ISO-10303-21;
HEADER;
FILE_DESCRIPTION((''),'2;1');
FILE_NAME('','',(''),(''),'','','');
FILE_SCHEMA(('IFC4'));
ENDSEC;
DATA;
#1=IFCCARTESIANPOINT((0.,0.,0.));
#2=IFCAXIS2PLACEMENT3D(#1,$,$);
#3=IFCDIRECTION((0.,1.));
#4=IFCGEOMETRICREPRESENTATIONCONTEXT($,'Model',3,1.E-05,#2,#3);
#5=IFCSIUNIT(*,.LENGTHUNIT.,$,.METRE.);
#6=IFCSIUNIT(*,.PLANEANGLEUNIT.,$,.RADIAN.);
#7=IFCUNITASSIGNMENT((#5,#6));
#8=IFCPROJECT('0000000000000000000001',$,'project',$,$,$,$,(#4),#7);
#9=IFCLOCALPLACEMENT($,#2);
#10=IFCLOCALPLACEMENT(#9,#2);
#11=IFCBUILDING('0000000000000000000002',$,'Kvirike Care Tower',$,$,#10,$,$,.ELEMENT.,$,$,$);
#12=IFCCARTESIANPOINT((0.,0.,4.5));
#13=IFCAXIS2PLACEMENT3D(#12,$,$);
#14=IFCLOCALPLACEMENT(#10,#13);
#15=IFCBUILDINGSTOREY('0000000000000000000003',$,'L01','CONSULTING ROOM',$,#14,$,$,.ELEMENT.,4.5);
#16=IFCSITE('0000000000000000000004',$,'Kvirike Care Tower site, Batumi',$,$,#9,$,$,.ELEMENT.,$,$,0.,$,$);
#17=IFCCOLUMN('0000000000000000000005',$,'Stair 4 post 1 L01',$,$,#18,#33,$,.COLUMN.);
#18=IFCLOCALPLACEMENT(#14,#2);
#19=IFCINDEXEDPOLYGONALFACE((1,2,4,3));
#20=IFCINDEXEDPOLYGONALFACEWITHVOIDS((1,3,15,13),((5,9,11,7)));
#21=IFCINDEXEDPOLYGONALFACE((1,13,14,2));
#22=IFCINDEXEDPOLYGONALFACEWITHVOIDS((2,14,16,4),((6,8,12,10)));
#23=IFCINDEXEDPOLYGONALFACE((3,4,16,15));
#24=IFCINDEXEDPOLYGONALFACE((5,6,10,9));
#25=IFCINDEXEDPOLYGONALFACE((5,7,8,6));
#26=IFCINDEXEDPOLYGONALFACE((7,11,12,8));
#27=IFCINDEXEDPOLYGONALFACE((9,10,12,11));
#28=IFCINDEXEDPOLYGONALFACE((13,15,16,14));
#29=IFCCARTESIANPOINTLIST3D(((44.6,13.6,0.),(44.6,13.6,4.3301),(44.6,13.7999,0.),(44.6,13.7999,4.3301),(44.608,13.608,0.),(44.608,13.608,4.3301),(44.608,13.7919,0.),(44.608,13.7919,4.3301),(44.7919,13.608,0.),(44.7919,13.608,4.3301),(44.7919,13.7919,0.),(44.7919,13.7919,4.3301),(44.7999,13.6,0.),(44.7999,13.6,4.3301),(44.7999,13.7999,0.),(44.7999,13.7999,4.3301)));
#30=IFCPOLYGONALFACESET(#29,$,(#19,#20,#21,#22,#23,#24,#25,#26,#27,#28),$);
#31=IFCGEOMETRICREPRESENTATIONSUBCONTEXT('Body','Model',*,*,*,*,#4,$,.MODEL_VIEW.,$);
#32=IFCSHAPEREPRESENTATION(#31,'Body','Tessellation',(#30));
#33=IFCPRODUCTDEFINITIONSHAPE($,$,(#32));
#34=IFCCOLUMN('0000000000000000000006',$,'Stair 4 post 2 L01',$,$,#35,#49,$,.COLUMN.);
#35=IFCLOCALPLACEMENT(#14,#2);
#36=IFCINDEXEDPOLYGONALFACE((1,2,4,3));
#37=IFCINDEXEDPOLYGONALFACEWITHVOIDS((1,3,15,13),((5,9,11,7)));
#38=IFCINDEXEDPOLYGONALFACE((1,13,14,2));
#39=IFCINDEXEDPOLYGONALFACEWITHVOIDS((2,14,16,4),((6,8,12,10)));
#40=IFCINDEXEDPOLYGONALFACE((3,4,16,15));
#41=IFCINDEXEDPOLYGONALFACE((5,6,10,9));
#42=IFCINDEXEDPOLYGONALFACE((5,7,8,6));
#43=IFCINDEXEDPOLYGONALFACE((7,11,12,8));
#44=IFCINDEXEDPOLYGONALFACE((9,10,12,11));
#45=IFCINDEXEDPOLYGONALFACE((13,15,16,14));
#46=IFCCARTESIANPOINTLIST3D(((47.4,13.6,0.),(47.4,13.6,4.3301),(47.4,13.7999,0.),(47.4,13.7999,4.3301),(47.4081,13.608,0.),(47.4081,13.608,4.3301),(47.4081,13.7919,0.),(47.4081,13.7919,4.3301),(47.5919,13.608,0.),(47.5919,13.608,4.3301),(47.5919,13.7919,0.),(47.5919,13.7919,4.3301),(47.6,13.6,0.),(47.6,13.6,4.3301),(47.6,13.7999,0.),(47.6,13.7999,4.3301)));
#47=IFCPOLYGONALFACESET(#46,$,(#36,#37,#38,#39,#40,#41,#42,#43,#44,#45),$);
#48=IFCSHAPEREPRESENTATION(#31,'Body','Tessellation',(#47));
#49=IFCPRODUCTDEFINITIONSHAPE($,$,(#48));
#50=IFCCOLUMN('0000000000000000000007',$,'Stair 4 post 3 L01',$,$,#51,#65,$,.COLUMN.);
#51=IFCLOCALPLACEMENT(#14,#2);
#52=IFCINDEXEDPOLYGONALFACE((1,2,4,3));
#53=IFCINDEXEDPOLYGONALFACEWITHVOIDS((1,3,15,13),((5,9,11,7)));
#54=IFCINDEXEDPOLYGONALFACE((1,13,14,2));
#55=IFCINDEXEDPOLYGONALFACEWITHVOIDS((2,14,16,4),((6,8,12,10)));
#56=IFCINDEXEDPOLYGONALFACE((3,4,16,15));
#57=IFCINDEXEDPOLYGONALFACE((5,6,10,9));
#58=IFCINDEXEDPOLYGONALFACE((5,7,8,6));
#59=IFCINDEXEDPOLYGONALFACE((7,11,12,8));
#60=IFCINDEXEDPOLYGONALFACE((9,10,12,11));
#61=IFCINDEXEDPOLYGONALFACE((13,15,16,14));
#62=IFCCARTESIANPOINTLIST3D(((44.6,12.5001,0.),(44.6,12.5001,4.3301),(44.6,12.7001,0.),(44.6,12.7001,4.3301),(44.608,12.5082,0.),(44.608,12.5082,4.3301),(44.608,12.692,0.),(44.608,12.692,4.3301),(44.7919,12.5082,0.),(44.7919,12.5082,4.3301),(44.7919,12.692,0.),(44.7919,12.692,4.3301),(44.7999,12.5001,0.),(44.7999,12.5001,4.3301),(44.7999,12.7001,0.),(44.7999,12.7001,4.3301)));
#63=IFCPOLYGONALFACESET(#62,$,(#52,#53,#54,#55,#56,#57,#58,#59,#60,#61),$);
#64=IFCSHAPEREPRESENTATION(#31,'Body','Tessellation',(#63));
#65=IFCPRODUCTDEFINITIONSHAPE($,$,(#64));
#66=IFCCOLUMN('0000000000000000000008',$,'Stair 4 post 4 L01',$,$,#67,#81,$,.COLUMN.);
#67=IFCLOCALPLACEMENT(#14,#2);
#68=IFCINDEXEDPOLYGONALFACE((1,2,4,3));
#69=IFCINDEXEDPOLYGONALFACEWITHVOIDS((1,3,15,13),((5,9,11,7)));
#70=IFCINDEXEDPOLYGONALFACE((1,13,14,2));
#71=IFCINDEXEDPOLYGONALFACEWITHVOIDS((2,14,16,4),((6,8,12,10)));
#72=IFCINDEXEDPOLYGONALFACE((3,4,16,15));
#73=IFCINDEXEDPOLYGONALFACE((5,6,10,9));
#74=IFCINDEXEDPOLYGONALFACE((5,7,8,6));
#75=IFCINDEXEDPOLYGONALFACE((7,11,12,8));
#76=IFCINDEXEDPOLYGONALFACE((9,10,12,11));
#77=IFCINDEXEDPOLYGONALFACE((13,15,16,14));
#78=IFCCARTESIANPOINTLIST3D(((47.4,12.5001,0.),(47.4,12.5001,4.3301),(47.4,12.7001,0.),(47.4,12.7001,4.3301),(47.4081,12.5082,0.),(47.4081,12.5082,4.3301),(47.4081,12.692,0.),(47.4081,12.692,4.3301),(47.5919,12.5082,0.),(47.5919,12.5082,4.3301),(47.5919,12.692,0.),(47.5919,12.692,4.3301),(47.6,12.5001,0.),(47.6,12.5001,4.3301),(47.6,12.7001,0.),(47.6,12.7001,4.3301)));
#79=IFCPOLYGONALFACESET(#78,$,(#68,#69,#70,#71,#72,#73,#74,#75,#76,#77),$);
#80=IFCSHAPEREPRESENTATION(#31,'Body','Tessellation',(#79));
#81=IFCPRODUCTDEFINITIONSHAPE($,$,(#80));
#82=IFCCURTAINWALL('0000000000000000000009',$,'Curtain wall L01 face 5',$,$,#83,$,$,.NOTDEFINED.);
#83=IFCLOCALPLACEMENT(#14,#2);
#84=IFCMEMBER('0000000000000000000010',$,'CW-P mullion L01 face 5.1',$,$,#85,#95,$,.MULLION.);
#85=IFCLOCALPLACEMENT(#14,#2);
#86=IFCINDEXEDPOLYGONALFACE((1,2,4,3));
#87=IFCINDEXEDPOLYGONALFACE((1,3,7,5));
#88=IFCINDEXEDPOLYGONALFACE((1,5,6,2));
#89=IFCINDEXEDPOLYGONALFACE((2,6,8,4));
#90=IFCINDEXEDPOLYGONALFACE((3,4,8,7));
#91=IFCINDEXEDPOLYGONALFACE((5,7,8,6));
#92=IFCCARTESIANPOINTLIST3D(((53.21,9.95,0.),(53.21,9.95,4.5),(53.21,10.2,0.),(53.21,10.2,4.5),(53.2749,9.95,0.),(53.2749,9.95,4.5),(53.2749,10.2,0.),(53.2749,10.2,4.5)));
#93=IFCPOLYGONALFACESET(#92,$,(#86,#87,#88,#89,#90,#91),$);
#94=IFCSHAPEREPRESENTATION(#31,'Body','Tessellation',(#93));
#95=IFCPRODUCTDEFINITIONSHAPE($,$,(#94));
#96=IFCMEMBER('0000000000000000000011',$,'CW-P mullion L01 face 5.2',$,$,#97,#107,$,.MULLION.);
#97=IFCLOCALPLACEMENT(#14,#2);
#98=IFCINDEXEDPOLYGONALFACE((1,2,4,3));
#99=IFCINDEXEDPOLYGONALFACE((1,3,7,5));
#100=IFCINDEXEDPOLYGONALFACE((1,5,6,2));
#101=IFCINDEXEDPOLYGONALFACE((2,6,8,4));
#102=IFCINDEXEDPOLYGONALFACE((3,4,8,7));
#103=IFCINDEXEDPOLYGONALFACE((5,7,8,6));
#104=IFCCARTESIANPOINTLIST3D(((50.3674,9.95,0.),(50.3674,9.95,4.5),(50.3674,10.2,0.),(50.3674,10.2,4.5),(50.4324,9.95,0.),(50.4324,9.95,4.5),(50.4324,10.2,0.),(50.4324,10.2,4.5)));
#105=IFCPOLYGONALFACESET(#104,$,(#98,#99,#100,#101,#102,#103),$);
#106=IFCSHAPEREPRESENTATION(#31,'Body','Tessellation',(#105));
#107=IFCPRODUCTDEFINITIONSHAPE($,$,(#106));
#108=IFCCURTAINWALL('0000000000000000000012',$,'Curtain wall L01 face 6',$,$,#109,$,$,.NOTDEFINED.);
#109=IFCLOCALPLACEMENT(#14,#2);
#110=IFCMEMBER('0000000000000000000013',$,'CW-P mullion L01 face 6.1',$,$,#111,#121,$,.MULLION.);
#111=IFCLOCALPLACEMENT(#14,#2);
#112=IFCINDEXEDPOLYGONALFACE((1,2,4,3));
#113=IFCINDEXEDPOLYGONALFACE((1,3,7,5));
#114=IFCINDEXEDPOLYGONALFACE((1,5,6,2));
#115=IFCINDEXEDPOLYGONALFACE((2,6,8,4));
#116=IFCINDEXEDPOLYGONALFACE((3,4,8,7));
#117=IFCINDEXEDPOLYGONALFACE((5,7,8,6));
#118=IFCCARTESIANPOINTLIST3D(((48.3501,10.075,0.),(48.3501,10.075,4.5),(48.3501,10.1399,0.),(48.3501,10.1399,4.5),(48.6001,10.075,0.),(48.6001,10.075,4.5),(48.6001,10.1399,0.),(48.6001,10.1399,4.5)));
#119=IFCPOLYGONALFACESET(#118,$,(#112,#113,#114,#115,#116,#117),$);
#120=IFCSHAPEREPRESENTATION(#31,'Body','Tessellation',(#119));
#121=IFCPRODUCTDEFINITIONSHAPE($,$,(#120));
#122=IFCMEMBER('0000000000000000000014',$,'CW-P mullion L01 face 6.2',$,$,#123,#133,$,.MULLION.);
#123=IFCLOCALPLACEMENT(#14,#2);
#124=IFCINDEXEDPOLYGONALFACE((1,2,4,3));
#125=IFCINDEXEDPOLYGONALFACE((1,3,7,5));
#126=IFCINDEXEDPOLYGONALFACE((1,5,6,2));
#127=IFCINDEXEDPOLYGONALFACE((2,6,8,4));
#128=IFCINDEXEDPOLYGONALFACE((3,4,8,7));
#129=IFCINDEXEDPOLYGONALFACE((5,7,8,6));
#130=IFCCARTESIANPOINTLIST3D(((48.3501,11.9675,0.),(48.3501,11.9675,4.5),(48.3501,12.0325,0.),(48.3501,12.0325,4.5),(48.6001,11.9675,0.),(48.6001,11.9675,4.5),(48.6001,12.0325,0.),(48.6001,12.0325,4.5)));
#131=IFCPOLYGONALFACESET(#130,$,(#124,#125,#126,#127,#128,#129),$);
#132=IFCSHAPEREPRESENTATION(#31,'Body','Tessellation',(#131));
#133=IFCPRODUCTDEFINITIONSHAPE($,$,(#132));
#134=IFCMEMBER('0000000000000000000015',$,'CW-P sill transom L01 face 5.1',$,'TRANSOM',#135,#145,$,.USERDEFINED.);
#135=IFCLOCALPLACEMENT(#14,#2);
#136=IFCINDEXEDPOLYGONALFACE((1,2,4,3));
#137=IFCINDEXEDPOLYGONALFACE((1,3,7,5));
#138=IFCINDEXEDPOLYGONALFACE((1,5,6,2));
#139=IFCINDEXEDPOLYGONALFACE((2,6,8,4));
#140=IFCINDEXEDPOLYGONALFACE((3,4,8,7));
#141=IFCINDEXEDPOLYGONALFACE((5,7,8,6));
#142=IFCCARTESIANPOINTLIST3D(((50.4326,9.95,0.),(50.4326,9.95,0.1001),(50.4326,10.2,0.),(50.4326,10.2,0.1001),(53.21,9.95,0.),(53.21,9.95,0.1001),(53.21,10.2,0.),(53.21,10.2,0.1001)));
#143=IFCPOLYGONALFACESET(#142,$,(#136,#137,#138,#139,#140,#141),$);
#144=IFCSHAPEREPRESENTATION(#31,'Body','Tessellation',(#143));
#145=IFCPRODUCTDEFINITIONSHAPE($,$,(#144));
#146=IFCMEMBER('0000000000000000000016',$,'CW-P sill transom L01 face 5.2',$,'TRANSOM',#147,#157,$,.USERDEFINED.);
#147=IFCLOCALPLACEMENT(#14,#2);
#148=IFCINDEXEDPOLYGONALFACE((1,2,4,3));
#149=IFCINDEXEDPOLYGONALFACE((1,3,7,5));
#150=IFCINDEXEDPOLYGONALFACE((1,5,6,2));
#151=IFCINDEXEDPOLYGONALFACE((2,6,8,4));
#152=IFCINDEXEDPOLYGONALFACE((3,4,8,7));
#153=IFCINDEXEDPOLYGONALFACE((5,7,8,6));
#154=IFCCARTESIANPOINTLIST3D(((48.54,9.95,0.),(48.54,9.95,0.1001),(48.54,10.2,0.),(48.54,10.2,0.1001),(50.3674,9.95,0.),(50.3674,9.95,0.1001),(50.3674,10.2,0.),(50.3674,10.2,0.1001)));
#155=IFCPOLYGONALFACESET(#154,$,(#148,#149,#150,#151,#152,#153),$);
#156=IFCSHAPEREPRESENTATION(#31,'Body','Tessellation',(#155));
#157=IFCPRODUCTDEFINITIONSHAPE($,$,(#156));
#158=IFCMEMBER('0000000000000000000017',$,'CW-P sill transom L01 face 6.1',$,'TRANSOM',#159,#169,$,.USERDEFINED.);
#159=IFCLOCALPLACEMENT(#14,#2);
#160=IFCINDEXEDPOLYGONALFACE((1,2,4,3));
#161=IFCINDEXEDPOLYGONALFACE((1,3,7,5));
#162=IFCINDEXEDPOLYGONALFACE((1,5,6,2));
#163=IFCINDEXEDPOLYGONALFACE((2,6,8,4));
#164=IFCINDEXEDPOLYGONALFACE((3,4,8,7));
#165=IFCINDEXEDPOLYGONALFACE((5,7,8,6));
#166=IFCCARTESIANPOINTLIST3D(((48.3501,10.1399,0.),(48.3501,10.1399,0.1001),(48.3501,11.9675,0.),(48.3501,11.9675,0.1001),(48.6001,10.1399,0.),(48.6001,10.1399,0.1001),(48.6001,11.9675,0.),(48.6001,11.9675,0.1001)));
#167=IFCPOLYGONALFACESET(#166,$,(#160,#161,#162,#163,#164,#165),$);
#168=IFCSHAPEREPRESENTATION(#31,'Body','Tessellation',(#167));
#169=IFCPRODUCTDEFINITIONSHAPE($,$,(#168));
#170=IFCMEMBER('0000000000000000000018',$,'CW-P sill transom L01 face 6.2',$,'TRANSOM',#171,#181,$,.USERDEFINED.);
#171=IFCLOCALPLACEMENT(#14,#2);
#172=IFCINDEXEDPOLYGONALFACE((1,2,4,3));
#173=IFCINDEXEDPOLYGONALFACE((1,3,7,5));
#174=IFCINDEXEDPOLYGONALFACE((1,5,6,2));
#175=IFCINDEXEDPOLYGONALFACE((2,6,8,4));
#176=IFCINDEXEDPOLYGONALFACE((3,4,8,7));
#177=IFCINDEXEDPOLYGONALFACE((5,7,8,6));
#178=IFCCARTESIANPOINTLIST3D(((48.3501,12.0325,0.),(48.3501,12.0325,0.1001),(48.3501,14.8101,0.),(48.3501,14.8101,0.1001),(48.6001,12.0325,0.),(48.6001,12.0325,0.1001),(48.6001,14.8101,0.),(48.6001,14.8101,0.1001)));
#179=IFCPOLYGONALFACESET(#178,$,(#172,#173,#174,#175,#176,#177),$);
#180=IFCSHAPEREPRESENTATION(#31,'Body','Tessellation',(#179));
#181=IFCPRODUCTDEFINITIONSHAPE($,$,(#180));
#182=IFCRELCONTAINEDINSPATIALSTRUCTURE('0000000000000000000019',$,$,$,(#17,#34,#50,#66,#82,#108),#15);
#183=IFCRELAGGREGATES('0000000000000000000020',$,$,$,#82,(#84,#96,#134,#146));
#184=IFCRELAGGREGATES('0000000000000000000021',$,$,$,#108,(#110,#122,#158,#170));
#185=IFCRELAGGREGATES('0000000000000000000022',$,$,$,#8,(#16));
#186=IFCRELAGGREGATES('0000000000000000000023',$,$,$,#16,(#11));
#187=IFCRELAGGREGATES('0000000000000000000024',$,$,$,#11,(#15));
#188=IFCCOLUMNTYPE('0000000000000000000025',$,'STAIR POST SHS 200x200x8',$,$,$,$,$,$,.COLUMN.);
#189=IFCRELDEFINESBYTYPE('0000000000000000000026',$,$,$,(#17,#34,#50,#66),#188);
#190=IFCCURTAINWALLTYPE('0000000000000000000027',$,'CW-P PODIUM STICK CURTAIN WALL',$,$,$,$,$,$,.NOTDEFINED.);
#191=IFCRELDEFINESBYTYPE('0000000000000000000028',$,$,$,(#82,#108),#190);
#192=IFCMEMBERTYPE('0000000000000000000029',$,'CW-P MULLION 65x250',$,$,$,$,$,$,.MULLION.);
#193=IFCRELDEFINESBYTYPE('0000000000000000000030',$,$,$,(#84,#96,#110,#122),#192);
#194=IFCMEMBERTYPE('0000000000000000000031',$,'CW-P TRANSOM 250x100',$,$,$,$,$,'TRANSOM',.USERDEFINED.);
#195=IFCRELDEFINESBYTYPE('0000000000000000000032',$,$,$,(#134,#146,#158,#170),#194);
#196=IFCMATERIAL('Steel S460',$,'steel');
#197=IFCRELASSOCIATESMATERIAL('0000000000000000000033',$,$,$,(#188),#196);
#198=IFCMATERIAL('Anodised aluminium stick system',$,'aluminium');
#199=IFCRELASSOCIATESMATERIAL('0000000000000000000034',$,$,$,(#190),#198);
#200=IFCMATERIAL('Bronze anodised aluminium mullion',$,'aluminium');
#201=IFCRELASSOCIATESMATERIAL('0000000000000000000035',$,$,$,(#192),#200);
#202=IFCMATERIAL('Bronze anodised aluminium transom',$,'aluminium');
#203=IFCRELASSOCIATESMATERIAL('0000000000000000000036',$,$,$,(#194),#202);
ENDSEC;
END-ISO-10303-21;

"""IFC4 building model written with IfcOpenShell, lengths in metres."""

from ifc_helpers import new_model, si_unit, direction, frame, origin, origin_2d, place, context, subcontext, project, spatial, rectangle, hollow_rectangle, extrude, material, material_profile, profile_set, type_object, element, aggregate, save


model = new_model("IFC4")

# Units and contexts
model_context = context("Model", 3, precision=1e-05, world=origin(), true_north=direction((0.0, 1.0)))
body_context = subcontext(model_context, "Body", "Model", "MODEL_VIEW")
ifc_project = project(units=[si_unit("LENGTHUNIT", "METRE"), si_unit("PLANEANGLEUNIT", "RADIAN")], contexts=[model_context])

# Site, building, storey
site_placement = place(None, origin())
site = spatial("IfcSite", under=ifc_project, at=site_placement, Name="Kvirike Care Tower site, Batumi", CompositionType="ELEMENT", RefElevation=0.0)
building_placement = place(site_placement, origin())
building = spatial("IfcBuilding", under=site, at=building_placement, Name="Kvirike Care Tower", CompositionType="ELEMENT")
storey_placement = place(building_placement, frame((0.0, 0.0, 4.5)))
storey = spatial("IfcBuildingStorey", under=building, at=storey_placement, Name="L01", Description="CONSULTING ROOM", CompositionType="ELEMENT", Elevation=4.5)

# Columns
ifc_material_1 = material(Name="Steel S460", Category="steel")
ifc_material_profile_1 = material_profile(ifc_material_1, hollow_rectangle(XDim=0.2, YDim=0.2, WallThickness=0.0081, at=origin_2d()), Name="SHS 200x200x8")
ifc_profile_set_1 = profile_set([ifc_material_profile_1], Name="Steel S460")
column_type = type_object("IfcColumnType", Name="STAIR POST SHS 200x200x8", PredefinedType="COLUMN", material=ifc_profile_set_1)
for number, where, z_axis, x_axis, name in (
    (1, (44.7, 13.7, 0.0), (0.0, 0.0, 1.0), (1.0, 0.0, 0.0), "Stair 4 post 1 L01"),
    (2, (47.5, 13.7, 0.0), (0.0, 0.0, 1.0), (1.0, 0.0, 0.0), "Stair 4 post 2 L01"),
    (3, (44.7, 12.6001, 0.0), (0.0, 0.0, 1.0), (1.0, 0.0, 0.0), "Stair 4 post 3 L01"),
    (4, (47.5, 12.6001, 0.0), (0.0, 0.0, 1.0), (1.0, 0.0, 0.0), "Stair 4 post 4 L01"),
):
    element("IfcColumn", number, at=place(storey_placement, frame(where, z_axis=z_axis, x_axis=x_axis)), inside=storey, type_object=column_type, Name=name, PredefinedType="COLUMN", context=body_context, shape_type="SweptSolid", body=[
        extrude(hollow_rectangle(XDim=0.2, YDim=0.2, WallThickness=0.0081, at=origin_2d()), origin(), (0.0, 0.0, 1.0), 4.3301),
    ])

# Curtain walls, members
ifc_material_2 = material(Name="Anodised aluminium stick system", Category="aluminium")
curtain_wall_type = type_object("IfcCurtainWallType", Name="CW-P PODIUM STICK CURTAIN WALL", PredefinedType="NOTDEFINED", material=ifc_material_2)
curtain_wall_1_placement = place(storey_placement, origin())
curtain_wall_1 = element("IfcCurtainWall", 5, at=curtain_wall_1_placement, inside=storey, type_object=curtain_wall_type, Name="Curtain wall L01 face 5", PredefinedType="NOTDEFINED")
ifc_material_3 = material(Name="Bronze anodised aluminium mullion", Category="aluminium")
ifc_material_profile_2 = material_profile(ifc_material_3, rectangle(XDim=0.0649, YDim=0.25, at=origin_2d()), Name="CW-P MULLION 65x250")
ifc_profile_set_2 = profile_set([ifc_material_profile_2], Name="Bronze anodised aluminium mullion")
member_type_1 = type_object("IfcMemberType", Name="CW-P MULLION 65x250", PredefinedType="MULLION", material=ifc_profile_set_2)
member_1_placement = place(storey_placement, frame((53.2424, 10.075, 0.0), z_axis=(0.0, 0.0, 1.0), x_axis=(-1.0, 0.0, 0.0)))
member_1 = element("IfcMember", 6, at=member_1_placement, type_object=member_type_1, Name="CW-P mullion L01 face 5.1", PredefinedType="MULLION", context=body_context, shape_type="SweptSolid", body=[
    extrude(rectangle(XDim=0.0649, YDim=0.25, at=origin_2d()), origin(), (0.0, 0.0, 1.0), 4.5),
])
member_2_placement = place(storey_placement, frame((50.3999, 10.075, 0.0), z_axis=(0.0, 0.0, 1.0), x_axis=(-1.0, 0.0, 0.0)))
member_2 = element("IfcMember", 7, at=member_2_placement, type_object=member_type_1, Name="CW-P mullion L01 face 5.2", PredefinedType="MULLION", context=body_context, shape_type="SweptSolid", body=[
    extrude(rectangle(XDim=0.0649, YDim=0.25, at=origin_2d()), origin(), (0.0, 0.0, 1.0), 4.5),
])
curtain_wall_2_placement = place(storey_placement, origin())
curtain_wall_2 = element("IfcCurtainWall", 8, at=curtain_wall_2_placement, inside=storey, type_object=curtain_wall_type, Name="Curtain wall L01 face 6", PredefinedType="NOTDEFINED")
member_3_placement = place(storey_placement, frame((48.4751, 10.1074, 0.0), z_axis=(0.0, 0.0, 1.0), x_axis=(0.0, 1.0, 0.0)))
member_3 = element("IfcMember", 9, at=member_3_placement, type_object=member_type_1, Name="CW-P mullion L01 face 6.1", PredefinedType="MULLION", context=body_context, shape_type="SweptSolid", body=[
    extrude(rectangle(XDim=0.0649, YDim=0.25, at=origin_2d()), origin(), (0.0, 0.0, 1.0), 4.5),
])
member_4_placement = place(storey_placement, frame((48.4751, 12.0, 0.0), z_axis=(0.0, 0.0, 1.0), x_axis=(0.0, 1.0, 0.0)))
member_4 = element("IfcMember", 10, at=member_4_placement, type_object=member_type_1, Name="CW-P mullion L01 face 6.2", PredefinedType="MULLION", context=body_context, shape_type="SweptSolid", body=[
    extrude(rectangle(XDim=0.0649, YDim=0.25, at=origin_2d()), origin(), (0.0, 0.0, 1.0), 4.5),
])

# Members
ifc_material_4 = material(Name="Bronze anodised aluminium transom", Category="aluminium")
ifc_material_profile_3 = material_profile(ifc_material_4, rectangle(XDim=0.25, YDim=0.1001, at=origin_2d()), Name="CW-P TRANSOM 250x100")
ifc_profile_set_3 = profile_set([ifc_material_profile_3], Name="Bronze anodised aluminium transom")
member_type_2 = type_object("IfcMemberType", Name="CW-P TRANSOM 250x100", ElementType="TRANSOM", PredefinedType="USERDEFINED", material=ifc_profile_set_3)
member_5_placement = place(storey_placement, frame((53.21, 10.075, 0.05), z_axis=(-1.0, 0.0, 0.0), x_axis=(0.0, -1.0, 0.0)))
member_5 = element("IfcMember", 11, at=member_5_placement, type_object=member_type_2, Name="CW-P sill transom L01 face 5.1", ObjectType="TRANSOM", PredefinedType="USERDEFINED", context=body_context, shape_type="SweptSolid", body=[
    extrude(rectangle(XDim=0.25, YDim=0.1001, at=origin_2d()), origin(), (0.0, 0.0, 1.0), 2.7773),
])
member_6_placement = place(storey_placement, frame((50.3674, 10.075, 0.05), z_axis=(-1.0, 0.0, 0.0), x_axis=(0.0, -1.0, 0.0)))
member_6 = element("IfcMember", 12, at=member_6_placement, type_object=member_type_2, Name="CW-P sill transom L01 face 5.2", ObjectType="TRANSOM", PredefinedType="USERDEFINED", context=body_context, shape_type="SweptSolid", body=[
    extrude(rectangle(XDim=0.25, YDim=0.1001, at=origin_2d()), origin(), (0.0, 0.0, 1.0), 1.8274),
])
member_7_placement = place(storey_placement, frame((48.4751, 10.1399, 0.05), z_axis=(0.0, 1.0, 0.0), x_axis=(-1.0, 0.0, 0.0)))
member_7 = element("IfcMember", 13, at=member_7_placement, type_object=member_type_2, Name="CW-P sill transom L01 face 6.1", ObjectType="TRANSOM", PredefinedType="USERDEFINED", context=body_context, shape_type="SweptSolid", body=[
    extrude(rectangle(XDim=0.25, YDim=0.1001, at=origin_2d()), origin(), (0.0, 0.0, 1.0), 1.8276),
])
member_8_placement = place(storey_placement, frame((48.4751, 12.0325, 0.05), z_axis=(0.0, 1.0, 0.0), x_axis=(-1.0, 0.0, 0.0)))
member_8 = element("IfcMember", 14, at=member_8_placement, type_object=member_type_2, Name="CW-P sill transom L01 face 6.2", ObjectType="TRANSOM", PredefinedType="USERDEFINED", context=body_context, shape_type="SweptSolid", body=[
    extrude(rectangle(XDim=0.25, YDim=0.1001, at=origin_2d()), origin(), (0.0, 0.0, 1.0), 2.7776),
])

aggregate(curtain_wall_1, [member_1, member_2, member_5, member_6])
aggregate(curtain_wall_2, [member_3, member_4, member_7, member_8])

save(model, "model.ifc")
